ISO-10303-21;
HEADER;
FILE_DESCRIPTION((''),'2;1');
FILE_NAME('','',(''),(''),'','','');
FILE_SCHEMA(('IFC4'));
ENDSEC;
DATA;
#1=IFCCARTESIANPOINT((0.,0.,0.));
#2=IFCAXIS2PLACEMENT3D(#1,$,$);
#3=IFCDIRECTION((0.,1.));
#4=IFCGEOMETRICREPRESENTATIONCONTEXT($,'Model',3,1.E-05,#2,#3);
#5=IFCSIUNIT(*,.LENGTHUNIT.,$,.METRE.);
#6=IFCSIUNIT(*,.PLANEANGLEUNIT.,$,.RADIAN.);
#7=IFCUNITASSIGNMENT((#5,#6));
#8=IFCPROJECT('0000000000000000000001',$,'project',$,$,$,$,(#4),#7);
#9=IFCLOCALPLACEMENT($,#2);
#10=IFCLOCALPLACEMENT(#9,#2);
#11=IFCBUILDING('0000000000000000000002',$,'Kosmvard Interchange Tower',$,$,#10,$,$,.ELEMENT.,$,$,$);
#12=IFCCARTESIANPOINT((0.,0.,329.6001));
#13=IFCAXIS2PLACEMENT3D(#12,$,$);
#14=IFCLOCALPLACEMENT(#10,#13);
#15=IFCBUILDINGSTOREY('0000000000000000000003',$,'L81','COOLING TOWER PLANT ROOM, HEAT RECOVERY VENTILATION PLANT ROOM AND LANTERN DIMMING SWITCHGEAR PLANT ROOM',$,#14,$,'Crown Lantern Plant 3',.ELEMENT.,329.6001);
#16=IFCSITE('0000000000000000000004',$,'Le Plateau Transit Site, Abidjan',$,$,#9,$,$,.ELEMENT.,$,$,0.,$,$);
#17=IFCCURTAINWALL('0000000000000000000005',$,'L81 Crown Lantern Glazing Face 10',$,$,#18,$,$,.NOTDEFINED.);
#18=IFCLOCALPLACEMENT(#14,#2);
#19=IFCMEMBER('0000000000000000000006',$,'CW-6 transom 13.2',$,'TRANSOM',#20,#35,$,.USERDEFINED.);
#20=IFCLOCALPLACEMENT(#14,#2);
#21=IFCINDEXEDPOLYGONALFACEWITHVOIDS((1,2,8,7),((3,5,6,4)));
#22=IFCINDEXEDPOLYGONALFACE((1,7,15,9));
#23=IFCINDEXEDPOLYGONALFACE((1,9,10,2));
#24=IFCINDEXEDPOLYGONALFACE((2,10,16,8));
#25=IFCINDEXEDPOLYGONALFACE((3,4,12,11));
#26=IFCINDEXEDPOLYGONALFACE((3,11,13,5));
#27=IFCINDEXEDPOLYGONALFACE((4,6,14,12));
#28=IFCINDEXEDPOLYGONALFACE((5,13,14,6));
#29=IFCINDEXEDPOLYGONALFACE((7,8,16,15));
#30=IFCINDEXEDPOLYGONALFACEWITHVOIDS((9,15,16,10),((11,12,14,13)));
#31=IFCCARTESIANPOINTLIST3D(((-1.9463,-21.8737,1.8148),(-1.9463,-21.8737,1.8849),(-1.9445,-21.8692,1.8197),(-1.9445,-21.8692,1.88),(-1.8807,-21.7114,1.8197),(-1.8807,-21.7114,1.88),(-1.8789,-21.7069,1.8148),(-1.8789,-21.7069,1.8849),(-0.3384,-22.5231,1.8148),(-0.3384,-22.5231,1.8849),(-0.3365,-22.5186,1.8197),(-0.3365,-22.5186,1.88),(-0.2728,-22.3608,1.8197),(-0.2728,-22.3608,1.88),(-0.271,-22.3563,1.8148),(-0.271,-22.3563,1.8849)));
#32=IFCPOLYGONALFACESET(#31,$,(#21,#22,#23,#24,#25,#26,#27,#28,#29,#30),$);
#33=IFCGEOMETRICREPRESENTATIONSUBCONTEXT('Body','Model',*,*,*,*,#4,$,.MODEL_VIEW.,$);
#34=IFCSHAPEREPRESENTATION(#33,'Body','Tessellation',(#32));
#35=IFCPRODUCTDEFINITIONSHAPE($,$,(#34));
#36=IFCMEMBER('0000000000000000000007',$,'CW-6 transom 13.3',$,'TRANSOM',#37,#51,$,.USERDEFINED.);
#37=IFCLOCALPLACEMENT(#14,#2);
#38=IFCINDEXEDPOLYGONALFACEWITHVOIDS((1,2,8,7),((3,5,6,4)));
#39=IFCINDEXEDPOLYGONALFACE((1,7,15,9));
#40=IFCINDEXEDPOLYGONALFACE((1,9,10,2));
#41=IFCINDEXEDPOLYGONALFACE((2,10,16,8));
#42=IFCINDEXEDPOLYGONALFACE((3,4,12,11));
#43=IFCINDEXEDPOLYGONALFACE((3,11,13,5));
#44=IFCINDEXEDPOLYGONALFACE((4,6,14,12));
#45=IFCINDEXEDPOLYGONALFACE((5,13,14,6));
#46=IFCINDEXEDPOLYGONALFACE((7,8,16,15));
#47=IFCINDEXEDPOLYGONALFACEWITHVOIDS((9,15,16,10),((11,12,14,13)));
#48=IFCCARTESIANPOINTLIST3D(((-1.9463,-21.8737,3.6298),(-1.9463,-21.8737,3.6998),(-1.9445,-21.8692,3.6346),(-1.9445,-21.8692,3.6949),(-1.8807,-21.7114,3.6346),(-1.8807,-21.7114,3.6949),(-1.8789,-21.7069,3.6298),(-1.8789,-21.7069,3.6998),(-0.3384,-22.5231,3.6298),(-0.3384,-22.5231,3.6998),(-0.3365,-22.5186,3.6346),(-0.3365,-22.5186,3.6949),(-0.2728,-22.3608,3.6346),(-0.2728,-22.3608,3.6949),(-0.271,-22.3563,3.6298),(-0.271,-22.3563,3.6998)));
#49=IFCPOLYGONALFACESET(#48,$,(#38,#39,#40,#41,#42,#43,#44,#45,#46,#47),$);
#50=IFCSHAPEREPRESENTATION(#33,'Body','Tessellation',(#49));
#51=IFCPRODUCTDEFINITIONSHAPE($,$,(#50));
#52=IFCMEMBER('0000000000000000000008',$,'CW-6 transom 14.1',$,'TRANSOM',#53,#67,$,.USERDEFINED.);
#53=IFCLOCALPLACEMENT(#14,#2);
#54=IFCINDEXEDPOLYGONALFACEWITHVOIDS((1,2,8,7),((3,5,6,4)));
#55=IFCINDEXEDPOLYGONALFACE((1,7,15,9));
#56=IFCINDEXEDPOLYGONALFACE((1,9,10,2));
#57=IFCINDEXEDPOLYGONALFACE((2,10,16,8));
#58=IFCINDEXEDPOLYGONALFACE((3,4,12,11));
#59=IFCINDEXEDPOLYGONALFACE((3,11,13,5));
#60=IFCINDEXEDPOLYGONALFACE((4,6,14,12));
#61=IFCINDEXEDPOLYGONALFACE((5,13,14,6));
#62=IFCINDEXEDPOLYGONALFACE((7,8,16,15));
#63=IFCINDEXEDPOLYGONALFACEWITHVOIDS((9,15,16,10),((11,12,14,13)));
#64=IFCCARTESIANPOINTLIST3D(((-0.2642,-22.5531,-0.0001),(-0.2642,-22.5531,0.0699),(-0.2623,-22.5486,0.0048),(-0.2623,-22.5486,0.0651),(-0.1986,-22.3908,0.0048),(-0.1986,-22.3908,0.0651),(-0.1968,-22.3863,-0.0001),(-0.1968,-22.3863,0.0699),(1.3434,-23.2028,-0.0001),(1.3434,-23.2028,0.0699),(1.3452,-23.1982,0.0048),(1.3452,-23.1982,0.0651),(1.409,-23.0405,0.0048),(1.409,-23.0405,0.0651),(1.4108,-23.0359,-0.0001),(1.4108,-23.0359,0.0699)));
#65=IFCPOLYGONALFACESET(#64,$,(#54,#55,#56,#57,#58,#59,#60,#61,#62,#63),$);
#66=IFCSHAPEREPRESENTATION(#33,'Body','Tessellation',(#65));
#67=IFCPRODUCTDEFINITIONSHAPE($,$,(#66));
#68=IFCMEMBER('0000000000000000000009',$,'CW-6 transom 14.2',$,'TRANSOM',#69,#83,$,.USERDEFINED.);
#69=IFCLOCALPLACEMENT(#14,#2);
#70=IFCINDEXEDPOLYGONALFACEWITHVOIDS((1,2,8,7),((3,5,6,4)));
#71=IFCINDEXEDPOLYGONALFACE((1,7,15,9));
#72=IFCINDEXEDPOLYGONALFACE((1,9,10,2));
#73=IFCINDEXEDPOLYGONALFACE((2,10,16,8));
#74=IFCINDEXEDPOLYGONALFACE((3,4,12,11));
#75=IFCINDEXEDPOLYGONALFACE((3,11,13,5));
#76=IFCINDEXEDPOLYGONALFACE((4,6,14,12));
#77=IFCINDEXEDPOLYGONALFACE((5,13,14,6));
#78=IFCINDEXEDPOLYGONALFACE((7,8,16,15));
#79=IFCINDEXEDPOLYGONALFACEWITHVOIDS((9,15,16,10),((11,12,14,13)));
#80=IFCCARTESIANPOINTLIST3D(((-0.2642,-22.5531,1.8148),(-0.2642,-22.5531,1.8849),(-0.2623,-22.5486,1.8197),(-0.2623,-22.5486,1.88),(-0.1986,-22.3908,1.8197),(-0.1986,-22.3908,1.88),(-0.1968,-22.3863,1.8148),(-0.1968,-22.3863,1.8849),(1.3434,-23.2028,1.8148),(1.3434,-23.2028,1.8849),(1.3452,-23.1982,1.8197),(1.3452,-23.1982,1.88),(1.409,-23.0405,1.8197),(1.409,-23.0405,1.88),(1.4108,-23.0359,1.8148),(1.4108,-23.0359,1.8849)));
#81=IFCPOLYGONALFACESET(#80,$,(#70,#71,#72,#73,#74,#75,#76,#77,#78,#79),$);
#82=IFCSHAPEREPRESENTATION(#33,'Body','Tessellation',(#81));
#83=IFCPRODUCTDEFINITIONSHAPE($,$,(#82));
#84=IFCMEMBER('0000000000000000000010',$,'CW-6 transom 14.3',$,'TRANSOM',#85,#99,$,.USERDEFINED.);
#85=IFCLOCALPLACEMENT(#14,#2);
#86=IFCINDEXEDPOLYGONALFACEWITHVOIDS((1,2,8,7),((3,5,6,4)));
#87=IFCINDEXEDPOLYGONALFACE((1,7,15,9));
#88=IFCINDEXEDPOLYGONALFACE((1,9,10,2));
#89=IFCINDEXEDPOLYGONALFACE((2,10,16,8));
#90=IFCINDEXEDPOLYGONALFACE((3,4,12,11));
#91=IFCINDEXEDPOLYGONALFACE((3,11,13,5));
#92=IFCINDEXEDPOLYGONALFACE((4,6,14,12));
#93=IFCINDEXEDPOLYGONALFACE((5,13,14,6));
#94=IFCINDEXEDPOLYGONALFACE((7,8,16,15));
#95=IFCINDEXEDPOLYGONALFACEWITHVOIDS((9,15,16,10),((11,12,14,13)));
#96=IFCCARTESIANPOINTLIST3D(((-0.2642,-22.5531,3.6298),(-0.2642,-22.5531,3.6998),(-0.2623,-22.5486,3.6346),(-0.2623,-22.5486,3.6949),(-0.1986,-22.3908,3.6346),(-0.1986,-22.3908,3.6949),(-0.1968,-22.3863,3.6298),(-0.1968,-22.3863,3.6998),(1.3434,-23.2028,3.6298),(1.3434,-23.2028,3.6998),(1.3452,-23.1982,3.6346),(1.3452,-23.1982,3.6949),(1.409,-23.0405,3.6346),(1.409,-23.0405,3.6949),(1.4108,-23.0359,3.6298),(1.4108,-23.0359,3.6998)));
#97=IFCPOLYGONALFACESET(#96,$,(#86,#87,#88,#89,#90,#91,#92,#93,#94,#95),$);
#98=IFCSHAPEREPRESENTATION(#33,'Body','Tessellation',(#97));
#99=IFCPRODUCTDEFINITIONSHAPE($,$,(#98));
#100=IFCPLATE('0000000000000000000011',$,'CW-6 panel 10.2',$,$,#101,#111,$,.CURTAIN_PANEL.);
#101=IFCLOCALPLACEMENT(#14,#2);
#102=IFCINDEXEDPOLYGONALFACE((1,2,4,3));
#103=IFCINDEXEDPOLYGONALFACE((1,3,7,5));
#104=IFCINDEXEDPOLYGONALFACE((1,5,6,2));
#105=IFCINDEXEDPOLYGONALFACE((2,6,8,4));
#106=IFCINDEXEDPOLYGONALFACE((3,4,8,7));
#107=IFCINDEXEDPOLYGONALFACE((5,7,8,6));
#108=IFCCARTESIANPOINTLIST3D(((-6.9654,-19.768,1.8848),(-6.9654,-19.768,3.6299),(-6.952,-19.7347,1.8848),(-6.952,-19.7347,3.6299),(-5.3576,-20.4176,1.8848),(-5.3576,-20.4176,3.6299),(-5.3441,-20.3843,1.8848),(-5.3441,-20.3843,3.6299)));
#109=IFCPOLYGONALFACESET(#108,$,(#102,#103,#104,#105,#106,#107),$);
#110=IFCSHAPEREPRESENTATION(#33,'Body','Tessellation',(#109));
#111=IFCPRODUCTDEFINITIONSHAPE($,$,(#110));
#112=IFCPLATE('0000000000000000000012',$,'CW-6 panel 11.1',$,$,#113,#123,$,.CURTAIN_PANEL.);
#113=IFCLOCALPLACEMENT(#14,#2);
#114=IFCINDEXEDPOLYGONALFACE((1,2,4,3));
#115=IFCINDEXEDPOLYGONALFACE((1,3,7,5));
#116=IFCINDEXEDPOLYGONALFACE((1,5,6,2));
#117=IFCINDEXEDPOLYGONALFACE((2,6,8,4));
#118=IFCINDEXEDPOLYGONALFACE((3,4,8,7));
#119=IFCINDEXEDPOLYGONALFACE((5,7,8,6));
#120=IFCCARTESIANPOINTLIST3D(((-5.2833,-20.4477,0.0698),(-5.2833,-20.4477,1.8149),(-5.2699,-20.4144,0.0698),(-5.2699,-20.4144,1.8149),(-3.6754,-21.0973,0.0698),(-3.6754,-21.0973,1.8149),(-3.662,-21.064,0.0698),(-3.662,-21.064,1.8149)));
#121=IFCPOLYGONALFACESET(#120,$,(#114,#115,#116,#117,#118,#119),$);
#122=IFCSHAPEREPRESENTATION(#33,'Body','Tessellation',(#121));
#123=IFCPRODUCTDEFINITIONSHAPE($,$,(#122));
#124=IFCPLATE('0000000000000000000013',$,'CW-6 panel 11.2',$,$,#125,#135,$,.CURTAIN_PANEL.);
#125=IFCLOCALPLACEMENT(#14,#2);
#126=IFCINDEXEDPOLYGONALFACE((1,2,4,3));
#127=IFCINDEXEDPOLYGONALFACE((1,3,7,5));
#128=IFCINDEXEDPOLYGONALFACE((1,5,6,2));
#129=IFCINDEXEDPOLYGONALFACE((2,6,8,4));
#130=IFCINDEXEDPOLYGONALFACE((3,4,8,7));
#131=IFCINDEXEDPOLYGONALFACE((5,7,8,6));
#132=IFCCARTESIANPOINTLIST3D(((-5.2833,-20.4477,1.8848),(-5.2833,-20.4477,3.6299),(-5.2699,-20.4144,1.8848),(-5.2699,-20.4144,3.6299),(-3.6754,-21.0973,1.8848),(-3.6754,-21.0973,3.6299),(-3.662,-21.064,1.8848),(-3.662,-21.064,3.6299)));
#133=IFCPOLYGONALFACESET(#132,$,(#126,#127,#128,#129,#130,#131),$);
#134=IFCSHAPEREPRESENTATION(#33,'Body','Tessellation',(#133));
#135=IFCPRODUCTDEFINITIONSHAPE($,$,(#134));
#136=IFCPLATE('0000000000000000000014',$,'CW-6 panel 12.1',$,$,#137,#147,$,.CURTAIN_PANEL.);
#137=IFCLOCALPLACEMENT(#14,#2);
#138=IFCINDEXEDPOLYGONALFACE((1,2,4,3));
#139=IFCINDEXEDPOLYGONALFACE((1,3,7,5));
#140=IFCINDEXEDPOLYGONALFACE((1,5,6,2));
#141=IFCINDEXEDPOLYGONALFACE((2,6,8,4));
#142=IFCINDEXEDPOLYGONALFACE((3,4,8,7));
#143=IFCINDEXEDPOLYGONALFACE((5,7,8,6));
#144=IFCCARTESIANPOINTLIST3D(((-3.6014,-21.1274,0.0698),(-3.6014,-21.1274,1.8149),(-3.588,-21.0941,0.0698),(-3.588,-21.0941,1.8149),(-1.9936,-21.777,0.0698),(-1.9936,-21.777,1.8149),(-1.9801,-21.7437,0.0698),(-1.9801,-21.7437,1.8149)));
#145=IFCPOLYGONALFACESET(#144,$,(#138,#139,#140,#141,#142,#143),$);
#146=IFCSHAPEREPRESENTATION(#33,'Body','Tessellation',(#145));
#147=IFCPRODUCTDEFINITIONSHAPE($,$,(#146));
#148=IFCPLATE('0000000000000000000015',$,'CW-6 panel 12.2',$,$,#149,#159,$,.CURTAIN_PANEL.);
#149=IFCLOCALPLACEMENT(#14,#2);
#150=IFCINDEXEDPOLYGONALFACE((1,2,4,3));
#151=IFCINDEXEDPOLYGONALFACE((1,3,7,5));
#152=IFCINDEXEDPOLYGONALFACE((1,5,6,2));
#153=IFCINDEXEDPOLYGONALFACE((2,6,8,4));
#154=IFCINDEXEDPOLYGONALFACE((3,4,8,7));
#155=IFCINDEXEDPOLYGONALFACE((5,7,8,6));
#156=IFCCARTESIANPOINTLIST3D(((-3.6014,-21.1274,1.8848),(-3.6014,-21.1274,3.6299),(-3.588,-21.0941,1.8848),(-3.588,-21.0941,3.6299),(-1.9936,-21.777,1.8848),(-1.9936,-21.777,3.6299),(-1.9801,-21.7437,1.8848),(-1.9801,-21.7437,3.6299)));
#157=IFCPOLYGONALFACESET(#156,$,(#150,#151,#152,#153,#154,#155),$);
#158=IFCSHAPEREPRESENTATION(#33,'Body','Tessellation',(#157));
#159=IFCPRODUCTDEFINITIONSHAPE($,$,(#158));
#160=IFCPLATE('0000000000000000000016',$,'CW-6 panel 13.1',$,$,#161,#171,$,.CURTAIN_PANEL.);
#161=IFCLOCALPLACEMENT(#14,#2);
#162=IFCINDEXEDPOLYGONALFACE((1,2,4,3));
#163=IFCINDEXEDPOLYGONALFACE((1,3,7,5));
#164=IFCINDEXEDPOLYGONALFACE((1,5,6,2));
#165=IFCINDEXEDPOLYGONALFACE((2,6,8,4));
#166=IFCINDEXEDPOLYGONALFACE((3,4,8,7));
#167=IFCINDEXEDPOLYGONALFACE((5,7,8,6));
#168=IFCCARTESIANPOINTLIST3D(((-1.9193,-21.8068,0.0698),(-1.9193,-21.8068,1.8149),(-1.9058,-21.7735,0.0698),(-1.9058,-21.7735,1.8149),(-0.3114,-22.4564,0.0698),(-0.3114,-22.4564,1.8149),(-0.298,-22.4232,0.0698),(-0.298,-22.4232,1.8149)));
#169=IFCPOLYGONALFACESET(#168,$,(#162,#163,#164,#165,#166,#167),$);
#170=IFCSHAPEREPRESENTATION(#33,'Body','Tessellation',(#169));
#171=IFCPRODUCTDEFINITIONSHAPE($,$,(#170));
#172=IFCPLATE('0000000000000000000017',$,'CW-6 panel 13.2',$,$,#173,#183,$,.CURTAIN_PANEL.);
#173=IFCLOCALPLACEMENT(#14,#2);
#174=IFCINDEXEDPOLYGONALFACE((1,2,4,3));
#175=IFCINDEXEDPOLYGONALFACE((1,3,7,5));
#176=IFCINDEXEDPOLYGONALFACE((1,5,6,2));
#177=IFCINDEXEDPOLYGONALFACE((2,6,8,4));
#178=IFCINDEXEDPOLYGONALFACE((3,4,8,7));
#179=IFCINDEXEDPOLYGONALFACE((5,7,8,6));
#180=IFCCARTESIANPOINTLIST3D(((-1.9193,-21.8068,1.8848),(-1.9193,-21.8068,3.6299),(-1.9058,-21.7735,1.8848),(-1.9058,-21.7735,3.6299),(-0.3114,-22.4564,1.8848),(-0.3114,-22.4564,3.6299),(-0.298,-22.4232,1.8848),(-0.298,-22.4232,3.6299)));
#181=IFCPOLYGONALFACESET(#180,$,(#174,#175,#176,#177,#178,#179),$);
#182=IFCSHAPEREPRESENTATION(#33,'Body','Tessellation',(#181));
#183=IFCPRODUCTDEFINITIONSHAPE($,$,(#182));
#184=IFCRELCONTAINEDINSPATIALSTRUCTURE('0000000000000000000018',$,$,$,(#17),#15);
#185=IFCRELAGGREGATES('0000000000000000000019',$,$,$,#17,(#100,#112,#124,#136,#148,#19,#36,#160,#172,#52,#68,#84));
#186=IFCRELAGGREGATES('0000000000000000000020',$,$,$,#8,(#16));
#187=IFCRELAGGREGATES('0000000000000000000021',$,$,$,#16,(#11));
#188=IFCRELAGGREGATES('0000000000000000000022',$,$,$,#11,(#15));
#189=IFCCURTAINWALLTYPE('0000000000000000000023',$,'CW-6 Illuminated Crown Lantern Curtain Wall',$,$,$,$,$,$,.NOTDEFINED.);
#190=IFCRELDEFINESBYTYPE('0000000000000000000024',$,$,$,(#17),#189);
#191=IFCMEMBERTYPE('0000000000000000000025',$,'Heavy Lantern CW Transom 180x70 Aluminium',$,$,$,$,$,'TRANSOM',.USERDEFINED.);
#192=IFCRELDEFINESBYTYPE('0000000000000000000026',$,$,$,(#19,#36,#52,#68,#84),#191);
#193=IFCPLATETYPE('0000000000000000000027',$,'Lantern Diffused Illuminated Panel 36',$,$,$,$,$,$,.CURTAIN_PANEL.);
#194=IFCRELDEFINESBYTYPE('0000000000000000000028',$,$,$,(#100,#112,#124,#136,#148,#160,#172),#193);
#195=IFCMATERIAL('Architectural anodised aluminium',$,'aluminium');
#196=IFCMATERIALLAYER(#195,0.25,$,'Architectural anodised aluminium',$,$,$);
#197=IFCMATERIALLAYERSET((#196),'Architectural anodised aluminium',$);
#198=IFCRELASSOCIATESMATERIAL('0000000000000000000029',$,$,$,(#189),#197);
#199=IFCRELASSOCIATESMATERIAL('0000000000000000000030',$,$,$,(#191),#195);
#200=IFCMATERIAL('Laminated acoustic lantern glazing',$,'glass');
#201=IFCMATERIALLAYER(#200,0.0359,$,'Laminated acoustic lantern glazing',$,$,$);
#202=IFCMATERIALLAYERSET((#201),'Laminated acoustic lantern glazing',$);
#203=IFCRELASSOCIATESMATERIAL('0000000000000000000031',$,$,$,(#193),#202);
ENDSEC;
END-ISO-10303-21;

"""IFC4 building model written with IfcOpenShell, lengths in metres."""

from ifc_helpers import new_model, si_unit, direction, frame, origin, origin_2d, place, context, subcontext, project, spatial, rectangle, hollow_rectangle, extrude, source, transform, mapped, material, layer, layer_set, material_profile, profile_set, type_object, element, aggregate, save


model = new_model("IFC4")

# Units and contexts
model_context = context("Model", 3, precision=1e-05, world=origin(), true_north=direction((0.0, 1.0)))
body_context = subcontext(model_context, "Body", "Model", "MODEL_VIEW")
ifc_project = project(units=[si_unit("LENGTHUNIT", "METRE"), si_unit("PLANEANGLEUNIT", "RADIAN")], contexts=[model_context])

# Site, building, storey
site_placement = place(None, origin())
site = spatial("IfcSite", under=ifc_project, at=site_placement, Name="Le Plateau Transit Site, Abidjan", CompositionType="ELEMENT", RefElevation=0.0)
building_placement = place(site_placement, origin())
building = spatial("IfcBuilding", under=site, at=building_placement, Name="Kosmvard Interchange Tower", CompositionType="ELEMENT")
storey_placement = place(building_placement, frame((0.0, 0.0, 329.6001)))
storey = spatial("IfcBuildingStorey", under=building, at=storey_placement, Name="L81", Description="COOLING TOWER PLANT ROOM, HEAT RECOVERY VENTILATION PLANT ROOM AND LANTERN DIMMING SWITCHGEAR PLANT ROOM", LongName="Crown Lantern Plant 3", CompositionType="ELEMENT", Elevation=329.6001)

# Curtain wall, members, plates
ifc_material_1 = material(Name="Architectural anodised aluminium", Category="aluminium")
ifc_layer_1 = layer(ifc_material_1, 0.25, Name="Architectural anodised aluminium")
ifc_layer_set_1 = layer_set([ifc_layer_1], Name="Architectural anodised aluminium")
curtain_wall_type = type_object("IfcCurtainWallType", Name="CW-6 Illuminated Crown Lantern Curtain Wall", PredefinedType="NOTDEFINED", material=ifc_layer_set_1)
curtain_wall_placement = place(storey_placement, origin())
curtain_wall = element("IfcCurtainWall", 1, at=curtain_wall_placement, inside=storey, type_object=curtain_wall_type, Name="L81 Crown Lantern Glazing Face 10", PredefinedType="NOTDEFINED")
ifc_material_profile_1 = material_profile(ifc_material_1, hollow_rectangle(XDim=0.1799, YDim=0.0701, WallThickness=0.0049, at=origin_2d()), Name="CWT 180x70x5")
ifc_profile_set_1 = profile_set([ifc_material_profile_1], Name="Architectural anodised aluminium")
member_type_1 = type_object("IfcMemberType", Name="Heavy Lantern CW Transom 180x70 Aluminium", ElementType="TRANSOM", PredefinedType="USERDEFINED", material=ifc_profile_set_1)
shared_shape_1 = source(origin(), body_context, "Body", "SweptSolid", [
    extrude(hollow_rectangle(XDim=0.1799, YDim=0.0701, WallThickness=0.0049, at=origin_2d()), origin(), (0.0, 0.0, 1.0), 1.7341),
])
member_1_placement = place(storey_placement, frame((-1.9126, -21.7903, 1.8499), z_axis=(0.927229, -0.374496, 0.0), x_axis=(0.374496, 0.927229, 0.0)))
member_1 = element("IfcMember", 2, at=member_1_placement, type_object=member_type_1, Name="CW-6 transom 13.2", ObjectType="TRANSOM", PredefinedType="USERDEFINED", context=body_context, shape_type="MappedRepresentation", body=[
    mapped(shared_shape_1, transform((0.0, 0.0, 0.0), scale=1.0)),
])
member_2_placement = place(storey_placement, frame((-1.9126, -21.7903, 3.6648), z_axis=(0.927229, -0.374496, 0.0), x_axis=(0.374496, 0.927229, 0.0)))
member_2 = element("IfcMember", 3, at=member_2_placement, type_object=member_type_1, Name="CW-6 transom 13.3", ObjectType="TRANSOM", PredefinedType="USERDEFINED", context=body_context, shape_type="MappedRepresentation", body=[
    mapped(shared_shape_1, transform((0.0, 0.0, 0.0), scale=1.0)),
])
shared_shape_2 = source(origin(), body_context, "Body", "SweptSolid", [
    extrude(hollow_rectangle(XDim=0.1799, YDim=0.0701, WallThickness=0.0049, at=origin_2d()), origin(), (0.0, 0.0, 1.0), 1.7339),
])
member_3_placement = place(storey_placement, frame((-0.2305, -22.4697, 0.0349), z_axis=(0.92716, -0.374666, 0.0), x_axis=(0.374666, 0.92716, 0.0)))
member_3 = element("IfcMember", 4, at=member_3_placement, type_object=member_type_1, Name="CW-6 transom 14.1", ObjectType="TRANSOM", PredefinedType="USERDEFINED", context=body_context, shape_type="MappedRepresentation", body=[
    mapped(shared_shape_2, transform((0.0, 0.0, 0.0), scale=1.0)),
])
member_4_placement = place(storey_placement, frame((-0.2305, -22.4697, 1.8499), z_axis=(0.92716, -0.374666, 0.0), x_axis=(0.374666, 0.92716, 0.0)))
member_4 = element("IfcMember", 5, at=member_4_placement, type_object=member_type_1, Name="CW-6 transom 14.2", ObjectType="TRANSOM", PredefinedType="USERDEFINED", context=body_context, shape_type="MappedRepresentation", body=[
    mapped(shared_shape_2, transform((0.0, 0.0, 0.0), scale=1.0)),
])
member_5_placement = place(storey_placement, frame((-0.2305, -22.4697, 3.6648), z_axis=(0.92716, -0.374666, 0.0), x_axis=(0.374666, 0.92716, 0.0)))
member_5 = element("IfcMember", 6, at=member_5_placement, type_object=member_type_1, Name="CW-6 transom 14.3", ObjectType="TRANSOM", PredefinedType="USERDEFINED", context=body_context, shape_type="MappedRepresentation", body=[
    mapped(shared_shape_2, transform((0.0, 0.0, 0.0), scale=1.0)),
])
ifc_material_2 = material(Name="Laminated acoustic lantern glazing", Category="glass")
ifc_layer_2 = layer(ifc_material_2, 0.0359, Name="Laminated acoustic lantern glazing")
ifc_layer_set_2 = layer_set([ifc_layer_2], Name="Laminated acoustic lantern glazing")
plate_type = type_object("IfcPlateType", Name="Lantern Diffused Illuminated Panel 36", PredefinedType="CURTAIN_PANEL", material=ifc_layer_set_2)
shared_shape_3 = source(origin(), body_context, "Body", "SweptSolid", [
    extrude(rectangle(XDim=1.7341, YDim=0.0359, at=origin_2d()), origin(), (0.0, 0.0, 1.0), 1.7451),
])
plate_1_placement = place(storey_placement, frame((-6.1548, -20.0762, 1.8848), z_axis=(0.0, 0.0, 1.0), x_axis=(0.927184, -0.374607, 0.0)))
plate_1 = element("IfcPlate", 7, at=plate_1_placement, type_object=plate_type, Name="CW-6 panel 10.2", PredefinedType="CURTAIN_PANEL", context=body_context, shape_type="MappedRepresentation", body=[
    mapped(shared_shape_3, transform((0.0, 0.0, 0.0), scale=1.0)),
])
plate_2_placement = place(storey_placement, frame((-4.4727, -20.7559, 0.0698), z_axis=(0.0, 0.0, 1.0), x_axis=(0.927184, -0.374607, 0.0)))
plate_2 = element("IfcPlate", 8, at=plate_2_placement, type_object=plate_type, Name="CW-6 panel 11.1", PredefinedType="CURTAIN_PANEL", context=body_context, shape_type="MappedRepresentation", body=[
    mapped(shared_shape_3, transform((0.0, 0.0, 0.0), scale=1.0)),
])
plate_3_placement = place(storey_placement, frame((-4.4727, -20.7559, 1.8848), z_axis=(0.0, 0.0, 1.0), x_axis=(0.927184, -0.374607, 0.0)))
plate_3 = element("IfcPlate", 9, at=plate_3_placement, type_object=plate_type, Name="CW-6 panel 11.2", PredefinedType="CURTAIN_PANEL", context=body_context, shape_type="MappedRepresentation", body=[
    mapped(shared_shape_3, transform((0.0, 0.0, 0.0), scale=1.0)),
])
plate_4_placement = place(storey_placement, frame((-2.7908, -21.4355, 0.0698), z_axis=(0.0, 0.0, 1.0), x_axis=(0.927184, -0.374607, 0.0)))
plate_4 = element("IfcPlate", 10, at=plate_4_placement, type_object=plate_type, Name="CW-6 panel 12.1", PredefinedType="CURTAIN_PANEL", context=body_context, shape_type="MappedRepresentation", body=[
    mapped(shared_shape_3, transform((0.0, 0.0, 0.0), scale=1.0)),
])
plate_5_placement = place(storey_placement, frame((-2.7908, -21.4355, 1.8848), z_axis=(0.0, 0.0, 1.0), x_axis=(0.927184, -0.374607, 0.0)))
plate_5 = element("IfcPlate", 11, at=plate_5_placement, type_object=plate_type, Name="CW-6 panel 12.2", PredefinedType="CURTAIN_PANEL", context=body_context, shape_type="MappedRepresentation", body=[
    mapped(shared_shape_3, transform((0.0, 0.0, 0.0), scale=1.0)),
])
plate_6_placement = place(storey_placement, frame((-1.1086, -22.115, 0.0698), z_axis=(0.0, 0.0, 1.0), x_axis=(0.927184, -0.374607, 0.0)))
plate_6 = element("IfcPlate", 12, at=plate_6_placement, type_object=plate_type, Name="CW-6 panel 13.1", PredefinedType="CURTAIN_PANEL", context=body_context, shape_type="MappedRepresentation", body=[
    mapped(shared_shape_3, transform((0.0, 0.0, 0.0), scale=1.0)),
])
plate_7_placement = place(storey_placement, frame((-1.1086, -22.115, 1.8848), z_axis=(0.0, 0.0, 1.0), x_axis=(0.927184, -0.374607, 0.0)))
plate_7 = element("IfcPlate", 13, at=plate_7_placement, type_object=plate_type, Name="CW-6 panel 13.2", PredefinedType="CURTAIN_PANEL", context=body_context, shape_type="MappedRepresentation", body=[
    mapped(shared_shape_3, transform((0.0, 0.0, 0.0), scale=1.0)),
])
aggregate(curtain_wall, [plate_1, plate_2, plate_3, plate_4, plate_5, member_1, member_2, plate_6, plate_7, member_3, member_4, member_5])

save(model, "model.ifc")
